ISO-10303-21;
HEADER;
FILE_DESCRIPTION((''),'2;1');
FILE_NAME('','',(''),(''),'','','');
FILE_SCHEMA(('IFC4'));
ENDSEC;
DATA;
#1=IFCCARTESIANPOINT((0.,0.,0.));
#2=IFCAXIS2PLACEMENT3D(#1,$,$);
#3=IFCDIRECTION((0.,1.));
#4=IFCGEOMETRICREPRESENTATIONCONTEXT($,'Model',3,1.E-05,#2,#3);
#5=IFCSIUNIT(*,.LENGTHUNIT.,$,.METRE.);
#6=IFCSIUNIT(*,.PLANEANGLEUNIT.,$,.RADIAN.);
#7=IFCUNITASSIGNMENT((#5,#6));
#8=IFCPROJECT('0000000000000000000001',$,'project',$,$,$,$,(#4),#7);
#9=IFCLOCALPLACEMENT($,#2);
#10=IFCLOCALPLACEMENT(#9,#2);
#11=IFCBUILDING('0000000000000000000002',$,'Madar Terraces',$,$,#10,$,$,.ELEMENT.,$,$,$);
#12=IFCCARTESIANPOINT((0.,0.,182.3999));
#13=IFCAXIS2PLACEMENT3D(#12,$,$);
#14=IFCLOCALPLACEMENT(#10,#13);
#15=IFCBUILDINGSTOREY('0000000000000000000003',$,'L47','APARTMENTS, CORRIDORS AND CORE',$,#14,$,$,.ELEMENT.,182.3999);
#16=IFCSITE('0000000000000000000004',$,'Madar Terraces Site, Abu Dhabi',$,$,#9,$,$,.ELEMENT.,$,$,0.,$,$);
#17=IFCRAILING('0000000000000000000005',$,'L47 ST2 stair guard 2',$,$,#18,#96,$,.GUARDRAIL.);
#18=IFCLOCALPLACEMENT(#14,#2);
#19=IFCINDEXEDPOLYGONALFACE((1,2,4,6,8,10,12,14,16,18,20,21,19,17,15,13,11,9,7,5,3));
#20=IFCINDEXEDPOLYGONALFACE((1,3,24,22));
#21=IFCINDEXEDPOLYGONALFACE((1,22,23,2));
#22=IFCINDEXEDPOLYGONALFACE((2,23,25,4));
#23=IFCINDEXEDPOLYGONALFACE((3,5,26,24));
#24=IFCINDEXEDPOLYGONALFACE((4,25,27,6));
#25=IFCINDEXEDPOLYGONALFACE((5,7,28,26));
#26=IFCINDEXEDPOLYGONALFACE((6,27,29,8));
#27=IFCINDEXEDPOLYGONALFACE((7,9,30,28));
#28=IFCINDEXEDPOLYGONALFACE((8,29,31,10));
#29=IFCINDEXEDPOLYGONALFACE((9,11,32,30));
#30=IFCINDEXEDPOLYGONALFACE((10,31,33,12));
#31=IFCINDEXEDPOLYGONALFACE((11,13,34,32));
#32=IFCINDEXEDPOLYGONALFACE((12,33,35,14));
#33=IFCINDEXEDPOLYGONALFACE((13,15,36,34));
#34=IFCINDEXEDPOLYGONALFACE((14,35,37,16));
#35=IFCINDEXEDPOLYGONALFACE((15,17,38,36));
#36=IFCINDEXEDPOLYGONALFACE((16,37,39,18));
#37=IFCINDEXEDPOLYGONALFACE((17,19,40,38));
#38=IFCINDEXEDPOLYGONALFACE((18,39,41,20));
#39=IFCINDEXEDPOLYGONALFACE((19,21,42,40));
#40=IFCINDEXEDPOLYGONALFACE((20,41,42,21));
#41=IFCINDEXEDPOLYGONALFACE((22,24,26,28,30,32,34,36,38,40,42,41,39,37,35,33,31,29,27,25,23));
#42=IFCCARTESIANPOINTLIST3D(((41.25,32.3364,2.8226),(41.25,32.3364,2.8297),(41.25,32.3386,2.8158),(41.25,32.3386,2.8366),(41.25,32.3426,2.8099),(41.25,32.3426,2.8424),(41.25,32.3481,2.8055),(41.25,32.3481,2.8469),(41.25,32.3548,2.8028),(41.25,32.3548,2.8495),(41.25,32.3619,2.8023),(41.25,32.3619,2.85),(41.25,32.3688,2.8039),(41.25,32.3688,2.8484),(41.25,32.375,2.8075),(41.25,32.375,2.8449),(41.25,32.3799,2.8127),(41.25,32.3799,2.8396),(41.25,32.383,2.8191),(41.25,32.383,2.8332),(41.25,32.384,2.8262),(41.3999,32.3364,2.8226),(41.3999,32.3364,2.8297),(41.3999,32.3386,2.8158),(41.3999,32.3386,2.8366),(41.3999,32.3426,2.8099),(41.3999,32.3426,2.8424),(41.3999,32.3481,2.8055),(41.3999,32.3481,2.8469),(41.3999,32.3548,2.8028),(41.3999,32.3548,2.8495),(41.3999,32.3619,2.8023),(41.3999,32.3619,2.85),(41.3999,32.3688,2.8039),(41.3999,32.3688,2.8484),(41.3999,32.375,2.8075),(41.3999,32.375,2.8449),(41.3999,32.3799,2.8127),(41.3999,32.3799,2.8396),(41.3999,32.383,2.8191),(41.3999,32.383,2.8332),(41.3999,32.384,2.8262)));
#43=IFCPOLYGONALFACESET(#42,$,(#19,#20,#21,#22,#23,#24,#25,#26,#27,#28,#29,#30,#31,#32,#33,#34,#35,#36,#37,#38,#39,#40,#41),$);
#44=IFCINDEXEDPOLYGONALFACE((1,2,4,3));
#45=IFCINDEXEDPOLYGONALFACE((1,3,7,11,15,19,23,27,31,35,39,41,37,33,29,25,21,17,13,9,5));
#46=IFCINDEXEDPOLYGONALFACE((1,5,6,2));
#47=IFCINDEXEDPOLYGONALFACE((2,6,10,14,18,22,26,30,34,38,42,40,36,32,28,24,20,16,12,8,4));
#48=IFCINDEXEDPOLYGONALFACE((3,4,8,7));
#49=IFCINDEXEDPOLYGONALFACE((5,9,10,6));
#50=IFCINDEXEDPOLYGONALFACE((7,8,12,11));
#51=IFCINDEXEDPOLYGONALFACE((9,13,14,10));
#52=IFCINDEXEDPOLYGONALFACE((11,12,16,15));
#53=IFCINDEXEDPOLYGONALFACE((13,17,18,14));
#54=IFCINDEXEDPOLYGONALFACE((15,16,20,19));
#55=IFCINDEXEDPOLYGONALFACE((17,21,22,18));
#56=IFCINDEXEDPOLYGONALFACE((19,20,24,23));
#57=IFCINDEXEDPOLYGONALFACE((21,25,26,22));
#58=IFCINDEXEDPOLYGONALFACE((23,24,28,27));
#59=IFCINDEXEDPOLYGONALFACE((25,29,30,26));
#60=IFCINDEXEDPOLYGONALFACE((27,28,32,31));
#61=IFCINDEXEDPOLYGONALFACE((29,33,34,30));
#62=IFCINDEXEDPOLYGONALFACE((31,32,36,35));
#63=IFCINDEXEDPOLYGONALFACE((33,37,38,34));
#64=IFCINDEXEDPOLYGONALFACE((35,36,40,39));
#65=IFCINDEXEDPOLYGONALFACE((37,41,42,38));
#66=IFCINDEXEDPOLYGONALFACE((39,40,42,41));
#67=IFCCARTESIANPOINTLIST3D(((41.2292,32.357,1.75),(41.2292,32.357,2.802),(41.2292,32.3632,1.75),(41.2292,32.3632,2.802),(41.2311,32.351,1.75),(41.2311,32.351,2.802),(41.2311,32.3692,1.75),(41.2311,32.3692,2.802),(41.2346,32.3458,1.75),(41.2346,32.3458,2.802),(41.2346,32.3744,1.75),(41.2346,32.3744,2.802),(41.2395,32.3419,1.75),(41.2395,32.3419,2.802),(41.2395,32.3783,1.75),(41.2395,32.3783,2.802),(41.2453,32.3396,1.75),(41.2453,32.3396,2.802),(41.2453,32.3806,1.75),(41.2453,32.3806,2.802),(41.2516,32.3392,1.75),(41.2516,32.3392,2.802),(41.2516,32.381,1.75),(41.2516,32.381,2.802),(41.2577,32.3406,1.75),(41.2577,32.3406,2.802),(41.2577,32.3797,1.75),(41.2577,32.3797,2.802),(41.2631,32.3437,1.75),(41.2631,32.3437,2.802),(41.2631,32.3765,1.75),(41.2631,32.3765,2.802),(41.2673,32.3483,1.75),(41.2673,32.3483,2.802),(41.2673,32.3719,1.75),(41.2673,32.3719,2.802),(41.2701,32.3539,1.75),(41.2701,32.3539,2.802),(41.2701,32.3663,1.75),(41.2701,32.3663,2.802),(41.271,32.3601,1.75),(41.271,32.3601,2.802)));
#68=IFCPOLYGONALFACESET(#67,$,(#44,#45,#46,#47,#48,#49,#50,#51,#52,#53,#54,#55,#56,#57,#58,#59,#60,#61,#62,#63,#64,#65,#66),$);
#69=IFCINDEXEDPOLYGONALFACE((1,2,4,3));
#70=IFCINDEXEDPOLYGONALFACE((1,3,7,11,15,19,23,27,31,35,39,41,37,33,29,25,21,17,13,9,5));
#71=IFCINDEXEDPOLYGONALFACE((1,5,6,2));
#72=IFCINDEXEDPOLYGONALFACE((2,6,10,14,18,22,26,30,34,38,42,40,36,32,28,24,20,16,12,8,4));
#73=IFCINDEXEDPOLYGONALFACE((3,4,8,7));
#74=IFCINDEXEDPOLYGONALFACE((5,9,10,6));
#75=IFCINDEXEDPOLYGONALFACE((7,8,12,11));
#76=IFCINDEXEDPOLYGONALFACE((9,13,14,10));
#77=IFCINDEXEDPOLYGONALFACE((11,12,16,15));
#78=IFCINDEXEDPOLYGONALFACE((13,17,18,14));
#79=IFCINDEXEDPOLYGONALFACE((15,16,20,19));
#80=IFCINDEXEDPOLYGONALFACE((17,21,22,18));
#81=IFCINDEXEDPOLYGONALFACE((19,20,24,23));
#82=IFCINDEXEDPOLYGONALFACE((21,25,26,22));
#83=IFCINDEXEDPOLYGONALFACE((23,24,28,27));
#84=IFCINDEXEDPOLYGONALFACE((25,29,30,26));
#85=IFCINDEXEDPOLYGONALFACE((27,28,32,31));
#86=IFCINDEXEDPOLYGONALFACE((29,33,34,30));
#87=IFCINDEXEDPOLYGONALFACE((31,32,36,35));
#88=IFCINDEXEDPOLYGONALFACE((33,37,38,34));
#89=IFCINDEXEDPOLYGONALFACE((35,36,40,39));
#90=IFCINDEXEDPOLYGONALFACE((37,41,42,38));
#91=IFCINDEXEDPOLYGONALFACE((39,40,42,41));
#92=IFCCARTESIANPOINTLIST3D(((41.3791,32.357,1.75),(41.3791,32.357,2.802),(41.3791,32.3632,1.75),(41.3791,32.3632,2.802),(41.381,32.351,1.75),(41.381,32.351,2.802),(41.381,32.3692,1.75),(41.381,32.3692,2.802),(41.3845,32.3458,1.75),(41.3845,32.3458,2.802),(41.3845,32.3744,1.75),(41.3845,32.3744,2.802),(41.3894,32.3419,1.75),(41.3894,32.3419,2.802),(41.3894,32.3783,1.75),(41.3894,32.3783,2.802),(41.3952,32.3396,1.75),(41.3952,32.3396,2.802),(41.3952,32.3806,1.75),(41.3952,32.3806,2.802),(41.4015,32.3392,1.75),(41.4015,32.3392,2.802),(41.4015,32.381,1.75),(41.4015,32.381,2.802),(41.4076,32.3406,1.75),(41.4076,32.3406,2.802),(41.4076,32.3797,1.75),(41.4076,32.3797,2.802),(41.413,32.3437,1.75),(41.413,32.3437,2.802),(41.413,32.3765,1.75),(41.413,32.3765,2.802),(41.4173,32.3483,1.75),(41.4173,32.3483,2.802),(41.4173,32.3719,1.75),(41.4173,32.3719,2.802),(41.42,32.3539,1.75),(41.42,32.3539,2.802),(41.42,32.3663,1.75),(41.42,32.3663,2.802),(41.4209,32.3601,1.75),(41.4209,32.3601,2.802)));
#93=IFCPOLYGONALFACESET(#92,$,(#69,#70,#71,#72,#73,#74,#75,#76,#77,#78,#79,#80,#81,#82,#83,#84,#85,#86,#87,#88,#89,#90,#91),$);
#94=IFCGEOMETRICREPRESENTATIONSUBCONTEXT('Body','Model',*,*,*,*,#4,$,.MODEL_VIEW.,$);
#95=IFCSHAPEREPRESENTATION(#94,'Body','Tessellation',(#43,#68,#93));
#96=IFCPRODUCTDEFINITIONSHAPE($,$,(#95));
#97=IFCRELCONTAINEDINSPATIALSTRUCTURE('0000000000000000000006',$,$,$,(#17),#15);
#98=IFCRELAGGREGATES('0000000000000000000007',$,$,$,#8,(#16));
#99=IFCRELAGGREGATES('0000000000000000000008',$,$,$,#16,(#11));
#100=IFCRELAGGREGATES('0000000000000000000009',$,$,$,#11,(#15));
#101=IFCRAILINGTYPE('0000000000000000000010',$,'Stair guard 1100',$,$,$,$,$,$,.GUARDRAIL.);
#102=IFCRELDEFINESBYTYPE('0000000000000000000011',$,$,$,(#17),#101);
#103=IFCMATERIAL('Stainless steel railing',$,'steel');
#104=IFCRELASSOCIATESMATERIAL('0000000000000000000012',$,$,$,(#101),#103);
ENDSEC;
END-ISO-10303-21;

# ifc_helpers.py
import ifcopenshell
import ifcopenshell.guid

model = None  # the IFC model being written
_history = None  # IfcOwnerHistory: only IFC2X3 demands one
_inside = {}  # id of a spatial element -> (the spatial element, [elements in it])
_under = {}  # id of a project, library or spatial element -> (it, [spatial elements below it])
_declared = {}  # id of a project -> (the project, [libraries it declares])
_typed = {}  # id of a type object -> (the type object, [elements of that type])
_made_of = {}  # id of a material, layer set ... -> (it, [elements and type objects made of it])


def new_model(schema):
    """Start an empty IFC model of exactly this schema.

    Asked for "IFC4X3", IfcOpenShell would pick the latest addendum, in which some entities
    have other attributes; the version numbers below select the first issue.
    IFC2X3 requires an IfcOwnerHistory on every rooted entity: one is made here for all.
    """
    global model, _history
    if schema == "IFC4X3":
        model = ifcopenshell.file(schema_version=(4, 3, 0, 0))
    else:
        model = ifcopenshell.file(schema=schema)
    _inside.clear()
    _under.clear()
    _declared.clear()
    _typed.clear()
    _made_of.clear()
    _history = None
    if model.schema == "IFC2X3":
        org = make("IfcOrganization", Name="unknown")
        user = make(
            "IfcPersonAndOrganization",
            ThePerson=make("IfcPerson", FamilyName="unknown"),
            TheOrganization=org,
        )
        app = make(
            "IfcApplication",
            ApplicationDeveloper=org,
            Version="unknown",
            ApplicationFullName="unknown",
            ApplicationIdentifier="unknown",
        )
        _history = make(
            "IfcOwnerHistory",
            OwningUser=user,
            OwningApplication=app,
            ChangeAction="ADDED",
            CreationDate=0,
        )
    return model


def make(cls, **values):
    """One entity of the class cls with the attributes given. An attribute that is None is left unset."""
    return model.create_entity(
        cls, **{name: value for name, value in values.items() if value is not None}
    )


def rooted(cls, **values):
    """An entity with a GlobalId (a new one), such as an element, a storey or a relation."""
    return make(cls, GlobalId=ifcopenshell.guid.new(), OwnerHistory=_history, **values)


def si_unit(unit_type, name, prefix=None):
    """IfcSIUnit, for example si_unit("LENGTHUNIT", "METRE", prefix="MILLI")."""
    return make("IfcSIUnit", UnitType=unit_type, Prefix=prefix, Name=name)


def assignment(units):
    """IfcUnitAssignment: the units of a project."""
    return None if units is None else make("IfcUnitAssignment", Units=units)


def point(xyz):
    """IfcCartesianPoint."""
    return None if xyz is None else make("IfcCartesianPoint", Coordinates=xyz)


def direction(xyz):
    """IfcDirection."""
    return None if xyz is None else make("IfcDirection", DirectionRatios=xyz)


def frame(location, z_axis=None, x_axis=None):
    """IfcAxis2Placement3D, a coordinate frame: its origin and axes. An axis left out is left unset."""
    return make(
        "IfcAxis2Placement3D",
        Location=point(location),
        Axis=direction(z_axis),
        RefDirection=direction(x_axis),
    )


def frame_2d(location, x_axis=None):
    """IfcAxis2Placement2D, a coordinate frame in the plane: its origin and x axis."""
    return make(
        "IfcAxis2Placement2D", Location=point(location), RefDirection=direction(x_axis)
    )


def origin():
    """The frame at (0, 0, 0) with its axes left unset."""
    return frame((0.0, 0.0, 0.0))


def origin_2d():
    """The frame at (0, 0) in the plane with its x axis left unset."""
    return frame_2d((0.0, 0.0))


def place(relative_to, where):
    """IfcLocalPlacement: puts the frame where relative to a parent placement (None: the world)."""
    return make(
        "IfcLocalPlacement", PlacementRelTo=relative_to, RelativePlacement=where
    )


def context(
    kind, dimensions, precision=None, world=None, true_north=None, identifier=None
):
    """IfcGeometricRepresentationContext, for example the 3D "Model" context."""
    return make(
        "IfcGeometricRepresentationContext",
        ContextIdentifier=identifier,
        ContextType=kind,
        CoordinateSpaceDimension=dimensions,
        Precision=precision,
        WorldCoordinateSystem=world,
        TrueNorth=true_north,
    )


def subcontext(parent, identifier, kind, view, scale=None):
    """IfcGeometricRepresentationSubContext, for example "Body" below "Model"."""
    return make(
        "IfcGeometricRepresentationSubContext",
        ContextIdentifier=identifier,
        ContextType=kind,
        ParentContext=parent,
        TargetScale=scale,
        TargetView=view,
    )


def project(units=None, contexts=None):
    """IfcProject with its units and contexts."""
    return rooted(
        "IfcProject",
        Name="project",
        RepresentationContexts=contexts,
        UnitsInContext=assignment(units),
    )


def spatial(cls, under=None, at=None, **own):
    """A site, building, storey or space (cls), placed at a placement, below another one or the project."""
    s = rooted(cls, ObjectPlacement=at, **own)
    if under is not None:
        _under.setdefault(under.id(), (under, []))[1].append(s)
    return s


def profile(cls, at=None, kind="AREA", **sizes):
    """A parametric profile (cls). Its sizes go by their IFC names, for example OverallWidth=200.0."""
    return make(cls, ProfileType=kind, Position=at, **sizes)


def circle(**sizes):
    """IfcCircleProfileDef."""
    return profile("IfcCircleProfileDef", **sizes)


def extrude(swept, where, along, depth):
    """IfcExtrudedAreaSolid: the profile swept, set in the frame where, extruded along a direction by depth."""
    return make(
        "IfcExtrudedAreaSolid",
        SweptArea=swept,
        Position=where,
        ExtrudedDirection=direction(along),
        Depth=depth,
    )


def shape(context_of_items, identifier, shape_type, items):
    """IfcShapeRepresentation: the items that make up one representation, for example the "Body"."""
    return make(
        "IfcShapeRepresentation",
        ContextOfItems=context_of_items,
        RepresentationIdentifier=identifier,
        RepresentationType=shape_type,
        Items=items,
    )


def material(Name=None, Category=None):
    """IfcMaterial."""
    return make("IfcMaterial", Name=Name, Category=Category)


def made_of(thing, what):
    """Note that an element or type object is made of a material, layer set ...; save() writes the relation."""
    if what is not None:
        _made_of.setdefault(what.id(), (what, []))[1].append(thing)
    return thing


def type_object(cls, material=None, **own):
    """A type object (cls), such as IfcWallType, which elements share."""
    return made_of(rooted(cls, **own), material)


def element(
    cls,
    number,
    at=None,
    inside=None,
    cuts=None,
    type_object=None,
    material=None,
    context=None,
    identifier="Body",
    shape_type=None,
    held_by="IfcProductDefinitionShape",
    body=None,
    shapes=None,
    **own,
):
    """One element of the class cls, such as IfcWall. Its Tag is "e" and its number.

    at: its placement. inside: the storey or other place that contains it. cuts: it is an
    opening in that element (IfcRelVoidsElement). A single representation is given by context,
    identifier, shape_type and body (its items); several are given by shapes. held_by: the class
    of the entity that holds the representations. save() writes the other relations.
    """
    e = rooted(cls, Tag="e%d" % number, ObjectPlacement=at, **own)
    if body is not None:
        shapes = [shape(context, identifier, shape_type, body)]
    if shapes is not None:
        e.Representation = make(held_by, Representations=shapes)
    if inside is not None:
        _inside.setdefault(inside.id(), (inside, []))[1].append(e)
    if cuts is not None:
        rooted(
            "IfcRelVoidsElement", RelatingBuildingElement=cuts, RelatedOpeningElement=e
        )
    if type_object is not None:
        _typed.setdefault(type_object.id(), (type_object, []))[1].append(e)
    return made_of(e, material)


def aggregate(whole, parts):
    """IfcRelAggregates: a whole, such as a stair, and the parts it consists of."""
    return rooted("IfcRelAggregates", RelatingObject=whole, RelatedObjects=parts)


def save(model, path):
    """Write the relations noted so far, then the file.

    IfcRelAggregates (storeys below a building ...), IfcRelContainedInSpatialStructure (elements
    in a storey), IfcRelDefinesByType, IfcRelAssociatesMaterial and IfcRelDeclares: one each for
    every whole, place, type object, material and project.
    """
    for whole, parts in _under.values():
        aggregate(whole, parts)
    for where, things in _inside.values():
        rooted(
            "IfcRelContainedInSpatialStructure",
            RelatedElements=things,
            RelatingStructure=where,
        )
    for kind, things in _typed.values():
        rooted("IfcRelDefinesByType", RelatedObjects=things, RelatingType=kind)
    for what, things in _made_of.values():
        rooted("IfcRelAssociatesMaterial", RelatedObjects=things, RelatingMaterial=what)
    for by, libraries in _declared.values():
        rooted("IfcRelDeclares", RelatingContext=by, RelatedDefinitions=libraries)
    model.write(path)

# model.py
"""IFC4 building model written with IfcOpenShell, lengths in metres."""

from ifc_helpers import new_model, si_unit, direction, frame, origin, origin_2d, place, context, subcontext, project, spatial, circle, extrude, material, type_object, element, save


model = new_model("IFC4")

# Units and contexts
model_context = context("Model", 3, precision=1e-05, world=origin(), true_north=direction((0.0, 1.0)))
body_context = subcontext(model_context, "Body", "Model", "MODEL_VIEW")
ifc_project = project(units=[si_unit("LENGTHUNIT", "METRE"), si_unit("PLANEANGLEUNIT", "RADIAN")], contexts=[model_context])

# Site, building, storey
site_placement = place(None, origin())
site = spatial("IfcSite", under=ifc_project, at=site_placement, Name="Madar Terraces Site, Abu Dhabi", CompositionType="ELEMENT", RefElevation=0.0)
building_placement = place(site_placement, origin())
building = spatial("IfcBuilding", under=site, at=building_placement, Name="Madar Terraces", CompositionType="ELEMENT")
storey_placement = place(building_placement, frame((0.0, 0.0, 182.3999)))
storey = spatial("IfcBuildingStorey", under=building, at=storey_placement, Name="L47", Description="APARTMENTS, CORRIDORS AND CORE", CompositionType="ELEMENT", Elevation=182.3999)

# Railing
ifc_material_1 = material(Name="Stainless steel railing", Category="steel")
railing_type_1 = type_object("IfcRailingType", Name="Stair guard 1100", PredefinedType="GUARDRAIL", material=ifc_material_1)
railing_1_placement = place(storey_placement, frame((41.25, 32.3601, 1.75)))
element("IfcRailing", 1, at=railing_1_placement, inside=storey, type_object=railing_type_1, Name="L47 ST2 stair guard 2", PredefinedType="GUARDRAIL", context=body_context, shape_type="SweptSolid", body=[
    extrude(circle(Radius=0.0239, at=origin_2d()), frame((0.0, 0.0, 1.0762), z_axis=(1.0, 0.0, 0.0), x_axis=(0.0, 1.0, 0.0)), (0.0, 0.0, 1.0), 0.1499),
    extrude(circle(Radius=0.021, at=origin_2d()), origin(), (0.0, 0.0, 1.0), 1.052),
    extrude(circle(Radius=0.021, at=origin_2d()), frame((0.1499, 0.0, 0.0)), (0.0, 0.0, 1.0), 1.052),
])

save(model, "model.ifc")
